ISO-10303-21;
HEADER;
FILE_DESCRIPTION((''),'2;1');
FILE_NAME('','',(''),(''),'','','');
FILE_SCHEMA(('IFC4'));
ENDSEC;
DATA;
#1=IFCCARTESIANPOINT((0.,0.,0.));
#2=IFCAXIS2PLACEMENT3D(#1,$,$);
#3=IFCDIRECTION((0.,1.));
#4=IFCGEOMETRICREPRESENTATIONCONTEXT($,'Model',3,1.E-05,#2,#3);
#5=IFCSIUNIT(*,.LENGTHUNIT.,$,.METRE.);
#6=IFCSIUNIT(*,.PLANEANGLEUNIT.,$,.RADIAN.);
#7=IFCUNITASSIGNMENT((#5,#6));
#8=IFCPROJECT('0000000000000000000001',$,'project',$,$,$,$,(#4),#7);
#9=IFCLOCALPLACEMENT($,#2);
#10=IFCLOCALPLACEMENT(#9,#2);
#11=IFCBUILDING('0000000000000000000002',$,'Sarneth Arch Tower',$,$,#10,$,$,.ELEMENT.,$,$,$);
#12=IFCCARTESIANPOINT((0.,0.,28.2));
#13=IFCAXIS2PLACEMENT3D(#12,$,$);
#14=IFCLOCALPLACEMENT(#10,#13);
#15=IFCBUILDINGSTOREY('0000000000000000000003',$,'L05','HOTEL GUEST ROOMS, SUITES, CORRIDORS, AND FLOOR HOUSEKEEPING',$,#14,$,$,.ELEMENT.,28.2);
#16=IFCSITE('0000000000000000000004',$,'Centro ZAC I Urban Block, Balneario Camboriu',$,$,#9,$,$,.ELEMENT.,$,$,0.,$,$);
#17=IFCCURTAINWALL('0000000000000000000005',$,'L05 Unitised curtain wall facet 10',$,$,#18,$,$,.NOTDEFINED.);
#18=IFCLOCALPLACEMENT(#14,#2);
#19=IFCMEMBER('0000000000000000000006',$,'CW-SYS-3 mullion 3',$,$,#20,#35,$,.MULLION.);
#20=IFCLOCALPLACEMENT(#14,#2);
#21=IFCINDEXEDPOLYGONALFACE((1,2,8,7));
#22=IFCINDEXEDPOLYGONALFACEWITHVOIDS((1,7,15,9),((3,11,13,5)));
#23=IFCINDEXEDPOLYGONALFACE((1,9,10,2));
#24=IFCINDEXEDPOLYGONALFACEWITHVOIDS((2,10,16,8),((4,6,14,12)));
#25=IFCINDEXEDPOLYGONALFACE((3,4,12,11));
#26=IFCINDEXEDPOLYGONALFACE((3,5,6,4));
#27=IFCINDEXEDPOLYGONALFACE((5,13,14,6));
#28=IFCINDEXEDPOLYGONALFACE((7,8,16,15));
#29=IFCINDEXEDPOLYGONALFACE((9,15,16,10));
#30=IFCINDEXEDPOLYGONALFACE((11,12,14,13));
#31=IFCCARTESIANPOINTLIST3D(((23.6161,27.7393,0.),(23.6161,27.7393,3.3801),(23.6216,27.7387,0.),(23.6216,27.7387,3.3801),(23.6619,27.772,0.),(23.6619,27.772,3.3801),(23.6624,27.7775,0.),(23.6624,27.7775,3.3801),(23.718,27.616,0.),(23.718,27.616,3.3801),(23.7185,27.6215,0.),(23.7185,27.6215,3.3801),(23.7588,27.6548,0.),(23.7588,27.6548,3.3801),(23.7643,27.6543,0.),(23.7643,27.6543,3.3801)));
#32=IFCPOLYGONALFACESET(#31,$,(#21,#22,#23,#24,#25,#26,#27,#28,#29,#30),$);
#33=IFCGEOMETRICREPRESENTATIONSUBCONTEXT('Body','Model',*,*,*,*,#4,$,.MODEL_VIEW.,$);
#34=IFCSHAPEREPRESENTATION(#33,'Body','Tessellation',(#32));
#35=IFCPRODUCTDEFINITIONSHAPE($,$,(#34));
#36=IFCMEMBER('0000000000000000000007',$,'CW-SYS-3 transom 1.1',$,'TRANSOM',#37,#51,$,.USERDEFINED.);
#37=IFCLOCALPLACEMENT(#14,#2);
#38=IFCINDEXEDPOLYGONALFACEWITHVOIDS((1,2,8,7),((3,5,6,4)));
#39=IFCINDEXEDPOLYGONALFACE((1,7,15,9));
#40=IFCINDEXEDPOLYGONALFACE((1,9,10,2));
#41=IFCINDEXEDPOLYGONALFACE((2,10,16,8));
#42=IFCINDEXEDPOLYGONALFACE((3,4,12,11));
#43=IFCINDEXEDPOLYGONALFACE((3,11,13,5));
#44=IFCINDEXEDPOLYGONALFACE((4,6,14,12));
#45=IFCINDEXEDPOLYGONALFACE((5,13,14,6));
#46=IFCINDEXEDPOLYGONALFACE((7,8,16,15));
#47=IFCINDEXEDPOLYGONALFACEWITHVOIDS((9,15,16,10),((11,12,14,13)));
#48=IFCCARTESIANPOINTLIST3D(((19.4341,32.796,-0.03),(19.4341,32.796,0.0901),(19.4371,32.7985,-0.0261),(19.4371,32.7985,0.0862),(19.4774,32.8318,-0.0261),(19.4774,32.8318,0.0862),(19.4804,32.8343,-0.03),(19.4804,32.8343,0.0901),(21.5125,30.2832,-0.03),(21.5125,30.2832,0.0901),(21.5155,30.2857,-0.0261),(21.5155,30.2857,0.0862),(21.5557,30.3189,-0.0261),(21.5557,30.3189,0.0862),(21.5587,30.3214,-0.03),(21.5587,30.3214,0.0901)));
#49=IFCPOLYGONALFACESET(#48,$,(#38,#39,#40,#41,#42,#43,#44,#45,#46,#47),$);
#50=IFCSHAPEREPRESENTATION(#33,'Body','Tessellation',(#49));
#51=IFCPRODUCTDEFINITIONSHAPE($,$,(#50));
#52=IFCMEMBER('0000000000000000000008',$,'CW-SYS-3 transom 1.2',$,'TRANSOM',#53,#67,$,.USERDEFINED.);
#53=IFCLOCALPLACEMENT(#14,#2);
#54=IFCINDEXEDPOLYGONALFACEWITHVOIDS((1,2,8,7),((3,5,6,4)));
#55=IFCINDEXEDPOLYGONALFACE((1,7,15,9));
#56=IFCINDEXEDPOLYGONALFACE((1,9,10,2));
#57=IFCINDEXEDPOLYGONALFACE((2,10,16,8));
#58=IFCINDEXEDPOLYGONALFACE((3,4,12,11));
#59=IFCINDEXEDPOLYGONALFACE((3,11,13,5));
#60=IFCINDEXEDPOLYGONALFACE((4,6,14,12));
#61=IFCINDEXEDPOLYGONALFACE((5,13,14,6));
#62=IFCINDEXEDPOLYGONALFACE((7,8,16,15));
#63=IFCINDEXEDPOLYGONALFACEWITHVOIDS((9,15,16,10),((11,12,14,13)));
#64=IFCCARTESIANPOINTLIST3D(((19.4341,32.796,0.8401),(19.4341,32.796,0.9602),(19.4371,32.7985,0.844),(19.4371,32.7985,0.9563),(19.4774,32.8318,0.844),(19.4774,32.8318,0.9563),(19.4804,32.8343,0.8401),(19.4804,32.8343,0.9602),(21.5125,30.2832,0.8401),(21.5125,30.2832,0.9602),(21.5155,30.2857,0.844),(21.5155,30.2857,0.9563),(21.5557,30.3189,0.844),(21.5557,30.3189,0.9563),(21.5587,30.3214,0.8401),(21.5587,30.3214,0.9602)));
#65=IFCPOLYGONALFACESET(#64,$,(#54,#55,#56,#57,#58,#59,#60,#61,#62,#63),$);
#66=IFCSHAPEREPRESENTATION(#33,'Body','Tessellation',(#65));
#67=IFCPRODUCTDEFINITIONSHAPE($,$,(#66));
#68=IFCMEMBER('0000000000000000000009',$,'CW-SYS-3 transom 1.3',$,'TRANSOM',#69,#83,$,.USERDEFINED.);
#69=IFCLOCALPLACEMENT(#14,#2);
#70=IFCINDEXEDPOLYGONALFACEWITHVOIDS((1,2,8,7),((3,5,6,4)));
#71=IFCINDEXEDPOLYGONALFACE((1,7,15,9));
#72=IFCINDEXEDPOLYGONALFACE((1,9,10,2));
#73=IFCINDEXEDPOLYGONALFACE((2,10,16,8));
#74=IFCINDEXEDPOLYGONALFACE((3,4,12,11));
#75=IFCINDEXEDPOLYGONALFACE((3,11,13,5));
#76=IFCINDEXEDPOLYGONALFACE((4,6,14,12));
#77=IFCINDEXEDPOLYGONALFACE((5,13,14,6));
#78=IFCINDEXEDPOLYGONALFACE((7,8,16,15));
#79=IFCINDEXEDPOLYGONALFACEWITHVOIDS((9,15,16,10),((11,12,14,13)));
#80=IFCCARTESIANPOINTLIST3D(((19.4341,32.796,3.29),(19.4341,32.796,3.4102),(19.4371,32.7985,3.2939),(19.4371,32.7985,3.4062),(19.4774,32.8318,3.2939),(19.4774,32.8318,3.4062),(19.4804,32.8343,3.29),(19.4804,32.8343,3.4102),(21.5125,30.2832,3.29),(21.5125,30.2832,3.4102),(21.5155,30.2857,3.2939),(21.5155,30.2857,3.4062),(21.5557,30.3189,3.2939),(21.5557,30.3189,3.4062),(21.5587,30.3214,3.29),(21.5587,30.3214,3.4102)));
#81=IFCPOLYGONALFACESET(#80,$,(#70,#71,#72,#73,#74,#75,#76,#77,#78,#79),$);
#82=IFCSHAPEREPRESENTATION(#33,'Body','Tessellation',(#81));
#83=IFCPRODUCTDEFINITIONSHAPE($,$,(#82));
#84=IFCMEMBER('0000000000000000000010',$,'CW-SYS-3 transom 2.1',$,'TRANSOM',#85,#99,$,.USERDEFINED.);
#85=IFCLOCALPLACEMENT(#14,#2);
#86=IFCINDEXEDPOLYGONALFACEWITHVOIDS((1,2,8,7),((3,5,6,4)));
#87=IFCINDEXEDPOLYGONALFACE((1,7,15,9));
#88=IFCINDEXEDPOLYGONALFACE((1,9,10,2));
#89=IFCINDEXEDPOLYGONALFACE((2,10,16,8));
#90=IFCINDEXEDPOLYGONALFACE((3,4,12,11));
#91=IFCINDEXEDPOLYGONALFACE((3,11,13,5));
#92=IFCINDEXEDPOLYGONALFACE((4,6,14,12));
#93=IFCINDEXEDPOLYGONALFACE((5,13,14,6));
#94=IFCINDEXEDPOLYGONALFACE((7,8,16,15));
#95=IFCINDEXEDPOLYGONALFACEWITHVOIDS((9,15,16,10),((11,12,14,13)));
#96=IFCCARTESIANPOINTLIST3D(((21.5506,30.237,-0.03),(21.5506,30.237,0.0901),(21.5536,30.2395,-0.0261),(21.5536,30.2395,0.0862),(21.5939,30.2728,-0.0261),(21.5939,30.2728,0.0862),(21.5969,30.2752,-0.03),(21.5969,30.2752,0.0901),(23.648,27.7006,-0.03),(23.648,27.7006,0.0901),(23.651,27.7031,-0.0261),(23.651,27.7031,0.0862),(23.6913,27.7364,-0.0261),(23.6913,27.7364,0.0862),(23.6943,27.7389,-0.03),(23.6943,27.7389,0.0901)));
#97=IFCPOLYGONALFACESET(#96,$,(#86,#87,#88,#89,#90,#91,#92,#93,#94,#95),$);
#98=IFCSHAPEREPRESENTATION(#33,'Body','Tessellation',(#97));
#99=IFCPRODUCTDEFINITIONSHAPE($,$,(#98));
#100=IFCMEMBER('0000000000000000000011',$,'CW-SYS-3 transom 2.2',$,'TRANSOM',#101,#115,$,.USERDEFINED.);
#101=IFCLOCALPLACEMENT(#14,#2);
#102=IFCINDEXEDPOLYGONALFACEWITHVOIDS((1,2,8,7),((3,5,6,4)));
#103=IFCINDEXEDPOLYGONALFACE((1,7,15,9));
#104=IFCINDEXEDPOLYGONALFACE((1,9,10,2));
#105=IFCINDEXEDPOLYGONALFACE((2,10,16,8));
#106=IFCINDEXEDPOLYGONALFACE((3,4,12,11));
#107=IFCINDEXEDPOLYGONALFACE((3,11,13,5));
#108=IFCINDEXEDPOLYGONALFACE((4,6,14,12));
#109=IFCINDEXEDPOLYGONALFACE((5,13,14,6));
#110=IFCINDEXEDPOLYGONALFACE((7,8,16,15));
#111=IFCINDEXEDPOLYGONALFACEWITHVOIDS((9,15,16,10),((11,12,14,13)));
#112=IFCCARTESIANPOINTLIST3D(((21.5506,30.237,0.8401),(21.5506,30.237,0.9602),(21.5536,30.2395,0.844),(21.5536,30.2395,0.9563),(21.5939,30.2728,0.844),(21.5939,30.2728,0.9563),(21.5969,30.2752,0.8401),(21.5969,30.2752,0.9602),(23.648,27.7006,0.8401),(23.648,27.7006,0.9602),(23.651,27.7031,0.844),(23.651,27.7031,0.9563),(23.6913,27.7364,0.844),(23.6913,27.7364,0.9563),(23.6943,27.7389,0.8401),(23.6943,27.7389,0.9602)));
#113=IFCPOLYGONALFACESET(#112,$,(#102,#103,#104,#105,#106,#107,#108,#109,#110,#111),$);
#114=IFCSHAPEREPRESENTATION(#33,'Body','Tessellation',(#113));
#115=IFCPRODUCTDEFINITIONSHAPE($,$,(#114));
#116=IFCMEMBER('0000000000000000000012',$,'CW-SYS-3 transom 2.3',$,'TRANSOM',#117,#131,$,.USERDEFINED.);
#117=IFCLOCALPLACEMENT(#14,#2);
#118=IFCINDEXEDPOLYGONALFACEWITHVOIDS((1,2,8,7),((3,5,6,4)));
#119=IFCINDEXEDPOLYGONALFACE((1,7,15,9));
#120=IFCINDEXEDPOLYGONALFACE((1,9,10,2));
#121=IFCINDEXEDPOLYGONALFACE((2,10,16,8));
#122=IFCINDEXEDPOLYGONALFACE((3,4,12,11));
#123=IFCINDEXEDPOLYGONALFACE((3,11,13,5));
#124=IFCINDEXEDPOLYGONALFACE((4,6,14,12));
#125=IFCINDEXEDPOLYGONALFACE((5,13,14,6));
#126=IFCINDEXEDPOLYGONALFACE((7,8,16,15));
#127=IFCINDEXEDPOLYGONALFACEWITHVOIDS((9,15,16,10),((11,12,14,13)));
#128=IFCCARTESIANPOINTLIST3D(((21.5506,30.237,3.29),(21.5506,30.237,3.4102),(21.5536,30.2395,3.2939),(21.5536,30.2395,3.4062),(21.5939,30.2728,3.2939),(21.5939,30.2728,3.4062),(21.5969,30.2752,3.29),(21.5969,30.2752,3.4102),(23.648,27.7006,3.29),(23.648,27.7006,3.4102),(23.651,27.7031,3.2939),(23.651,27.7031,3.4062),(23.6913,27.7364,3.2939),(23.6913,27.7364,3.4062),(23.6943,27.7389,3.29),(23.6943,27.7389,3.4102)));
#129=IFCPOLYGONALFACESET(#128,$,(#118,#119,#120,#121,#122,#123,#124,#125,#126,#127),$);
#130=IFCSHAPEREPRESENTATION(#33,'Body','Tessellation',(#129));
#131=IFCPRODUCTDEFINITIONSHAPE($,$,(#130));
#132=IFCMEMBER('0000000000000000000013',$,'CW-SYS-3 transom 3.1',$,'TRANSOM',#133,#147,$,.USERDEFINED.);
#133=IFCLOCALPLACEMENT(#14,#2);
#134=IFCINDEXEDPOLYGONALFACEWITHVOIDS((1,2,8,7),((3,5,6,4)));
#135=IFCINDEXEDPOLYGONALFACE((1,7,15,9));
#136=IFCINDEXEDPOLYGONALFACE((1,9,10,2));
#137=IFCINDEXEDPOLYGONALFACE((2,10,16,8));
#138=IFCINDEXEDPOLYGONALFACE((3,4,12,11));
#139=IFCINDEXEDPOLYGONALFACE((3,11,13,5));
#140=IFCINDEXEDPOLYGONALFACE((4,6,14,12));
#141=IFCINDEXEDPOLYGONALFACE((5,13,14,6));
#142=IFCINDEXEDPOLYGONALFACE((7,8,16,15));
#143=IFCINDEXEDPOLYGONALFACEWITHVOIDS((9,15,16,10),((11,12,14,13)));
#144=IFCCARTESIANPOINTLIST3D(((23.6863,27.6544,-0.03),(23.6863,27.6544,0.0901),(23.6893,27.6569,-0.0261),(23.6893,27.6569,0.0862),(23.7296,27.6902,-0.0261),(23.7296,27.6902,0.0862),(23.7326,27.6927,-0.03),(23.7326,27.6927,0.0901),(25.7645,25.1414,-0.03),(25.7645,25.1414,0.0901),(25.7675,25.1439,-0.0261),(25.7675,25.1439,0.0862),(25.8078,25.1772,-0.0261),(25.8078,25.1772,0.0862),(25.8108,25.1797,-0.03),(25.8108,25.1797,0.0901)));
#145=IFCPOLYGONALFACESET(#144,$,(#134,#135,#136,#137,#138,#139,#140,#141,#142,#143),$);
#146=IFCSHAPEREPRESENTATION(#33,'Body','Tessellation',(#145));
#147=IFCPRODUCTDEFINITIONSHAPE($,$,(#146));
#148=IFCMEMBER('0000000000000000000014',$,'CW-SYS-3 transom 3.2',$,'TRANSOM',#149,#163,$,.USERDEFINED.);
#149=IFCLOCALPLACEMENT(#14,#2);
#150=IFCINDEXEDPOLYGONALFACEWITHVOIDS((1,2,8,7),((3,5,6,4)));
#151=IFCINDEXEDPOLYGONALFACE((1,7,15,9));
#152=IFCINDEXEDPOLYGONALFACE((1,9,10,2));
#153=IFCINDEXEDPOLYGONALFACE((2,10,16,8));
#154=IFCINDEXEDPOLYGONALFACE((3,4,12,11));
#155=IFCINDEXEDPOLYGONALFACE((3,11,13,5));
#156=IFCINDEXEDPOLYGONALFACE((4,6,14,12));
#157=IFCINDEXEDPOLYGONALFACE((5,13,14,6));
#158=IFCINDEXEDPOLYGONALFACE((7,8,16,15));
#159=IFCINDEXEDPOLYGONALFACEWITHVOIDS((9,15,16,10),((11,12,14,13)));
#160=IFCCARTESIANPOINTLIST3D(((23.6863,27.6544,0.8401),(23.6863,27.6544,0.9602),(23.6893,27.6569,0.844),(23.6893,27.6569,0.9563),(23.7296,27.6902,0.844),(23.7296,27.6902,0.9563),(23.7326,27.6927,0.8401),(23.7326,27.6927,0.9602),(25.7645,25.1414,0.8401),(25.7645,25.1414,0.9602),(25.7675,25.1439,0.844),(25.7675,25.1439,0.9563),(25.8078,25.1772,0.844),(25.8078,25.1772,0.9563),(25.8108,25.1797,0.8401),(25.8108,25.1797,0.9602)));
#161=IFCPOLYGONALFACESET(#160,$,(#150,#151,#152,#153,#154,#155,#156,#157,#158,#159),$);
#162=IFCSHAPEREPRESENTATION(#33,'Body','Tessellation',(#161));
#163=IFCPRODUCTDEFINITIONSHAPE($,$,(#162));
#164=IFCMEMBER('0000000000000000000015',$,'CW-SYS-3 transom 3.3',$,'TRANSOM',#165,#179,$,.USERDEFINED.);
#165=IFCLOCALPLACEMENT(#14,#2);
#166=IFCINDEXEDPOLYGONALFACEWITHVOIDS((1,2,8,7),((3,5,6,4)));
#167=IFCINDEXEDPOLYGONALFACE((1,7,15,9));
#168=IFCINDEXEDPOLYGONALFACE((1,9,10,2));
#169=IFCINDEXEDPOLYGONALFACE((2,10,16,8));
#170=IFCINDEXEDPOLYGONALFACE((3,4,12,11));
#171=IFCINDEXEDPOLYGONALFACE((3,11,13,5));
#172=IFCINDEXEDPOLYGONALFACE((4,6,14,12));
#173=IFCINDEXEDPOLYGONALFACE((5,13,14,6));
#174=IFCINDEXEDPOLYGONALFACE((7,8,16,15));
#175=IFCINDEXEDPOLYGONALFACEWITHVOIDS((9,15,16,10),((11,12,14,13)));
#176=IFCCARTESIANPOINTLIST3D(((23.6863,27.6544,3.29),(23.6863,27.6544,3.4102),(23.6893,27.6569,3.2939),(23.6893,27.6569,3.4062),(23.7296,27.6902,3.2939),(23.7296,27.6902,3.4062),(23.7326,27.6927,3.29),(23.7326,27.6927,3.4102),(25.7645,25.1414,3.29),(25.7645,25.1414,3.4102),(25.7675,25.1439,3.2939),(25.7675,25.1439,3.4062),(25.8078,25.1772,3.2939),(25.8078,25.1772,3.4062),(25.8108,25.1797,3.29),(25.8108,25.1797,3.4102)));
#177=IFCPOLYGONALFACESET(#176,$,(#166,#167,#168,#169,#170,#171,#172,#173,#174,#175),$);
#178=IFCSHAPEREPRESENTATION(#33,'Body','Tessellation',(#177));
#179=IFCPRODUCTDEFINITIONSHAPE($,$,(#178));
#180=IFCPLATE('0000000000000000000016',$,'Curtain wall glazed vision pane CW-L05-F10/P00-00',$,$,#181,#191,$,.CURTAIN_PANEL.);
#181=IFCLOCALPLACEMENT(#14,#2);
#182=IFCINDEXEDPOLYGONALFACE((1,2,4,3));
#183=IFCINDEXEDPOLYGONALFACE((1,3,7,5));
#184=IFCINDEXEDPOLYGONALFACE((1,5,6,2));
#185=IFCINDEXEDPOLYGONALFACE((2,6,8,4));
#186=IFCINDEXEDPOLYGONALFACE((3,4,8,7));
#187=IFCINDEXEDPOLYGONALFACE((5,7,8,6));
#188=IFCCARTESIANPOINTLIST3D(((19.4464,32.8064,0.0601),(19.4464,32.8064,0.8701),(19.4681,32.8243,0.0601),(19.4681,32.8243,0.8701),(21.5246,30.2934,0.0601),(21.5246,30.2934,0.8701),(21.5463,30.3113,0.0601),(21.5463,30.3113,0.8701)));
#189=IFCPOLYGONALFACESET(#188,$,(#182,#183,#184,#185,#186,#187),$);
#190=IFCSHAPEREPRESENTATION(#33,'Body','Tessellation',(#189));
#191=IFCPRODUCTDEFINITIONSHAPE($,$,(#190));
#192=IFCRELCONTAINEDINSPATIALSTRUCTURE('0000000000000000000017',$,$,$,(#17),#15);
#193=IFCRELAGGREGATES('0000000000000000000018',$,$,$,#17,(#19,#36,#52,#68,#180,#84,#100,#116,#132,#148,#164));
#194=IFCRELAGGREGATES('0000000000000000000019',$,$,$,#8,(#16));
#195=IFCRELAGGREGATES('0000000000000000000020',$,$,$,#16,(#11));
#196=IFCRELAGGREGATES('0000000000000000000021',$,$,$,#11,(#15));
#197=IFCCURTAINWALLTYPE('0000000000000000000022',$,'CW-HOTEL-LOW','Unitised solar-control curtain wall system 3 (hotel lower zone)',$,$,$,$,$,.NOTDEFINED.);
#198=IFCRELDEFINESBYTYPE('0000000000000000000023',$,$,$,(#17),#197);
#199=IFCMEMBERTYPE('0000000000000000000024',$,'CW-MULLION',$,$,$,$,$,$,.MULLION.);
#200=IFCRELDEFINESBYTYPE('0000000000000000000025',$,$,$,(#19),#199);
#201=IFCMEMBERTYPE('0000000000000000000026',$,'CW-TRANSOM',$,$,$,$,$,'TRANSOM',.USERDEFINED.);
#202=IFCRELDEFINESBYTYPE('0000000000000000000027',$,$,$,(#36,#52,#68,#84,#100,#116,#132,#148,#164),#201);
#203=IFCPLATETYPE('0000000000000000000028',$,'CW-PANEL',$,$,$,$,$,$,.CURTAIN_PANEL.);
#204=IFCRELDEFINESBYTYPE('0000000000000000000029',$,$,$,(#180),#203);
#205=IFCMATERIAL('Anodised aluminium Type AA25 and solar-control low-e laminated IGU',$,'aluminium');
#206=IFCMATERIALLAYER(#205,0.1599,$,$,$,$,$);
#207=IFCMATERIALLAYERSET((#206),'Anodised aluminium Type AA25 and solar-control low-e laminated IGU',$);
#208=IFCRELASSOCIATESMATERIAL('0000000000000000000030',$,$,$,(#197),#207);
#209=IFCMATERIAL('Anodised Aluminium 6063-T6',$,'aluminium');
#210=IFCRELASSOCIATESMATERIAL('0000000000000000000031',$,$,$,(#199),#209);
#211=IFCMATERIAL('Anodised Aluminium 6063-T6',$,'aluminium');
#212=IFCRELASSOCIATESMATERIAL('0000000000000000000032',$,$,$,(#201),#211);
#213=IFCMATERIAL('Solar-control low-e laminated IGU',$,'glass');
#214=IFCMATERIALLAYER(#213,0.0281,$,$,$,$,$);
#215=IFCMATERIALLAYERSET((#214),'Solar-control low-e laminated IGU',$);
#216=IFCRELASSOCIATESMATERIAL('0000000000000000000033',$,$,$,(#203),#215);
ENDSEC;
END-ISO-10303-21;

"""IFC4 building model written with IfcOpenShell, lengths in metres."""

from ifc_helpers import new_model, si_unit, direction, frame, origin, origin_2d, place, context, subcontext, project, spatial, rectangle, hollow_rectangle, extrude, material, layer, layer_set, material_profile, profile_set, type_object, element, aggregate, save


model = new_model("IFC4")

# Units and contexts
model_context = context("Model", 3, precision=1e-05, world=origin(), true_north=direction((0.0, 1.0)))
body_context = subcontext(model_context, "Body", "Model", "MODEL_VIEW")
ifc_project = project(units=[si_unit("LENGTHUNIT", "METRE"), si_unit("PLANEANGLEUNIT", "RADIAN")], contexts=[model_context])

# Site, building, storey
site_placement = place(None, origin())
site = spatial("IfcSite", under=ifc_project, at=site_placement, Name="Centro ZAC I Urban Block, Balneario Camboriu", CompositionType="ELEMENT", RefElevation=0.0)
building_placement = place(site_placement, origin())
building = spatial("IfcBuilding", under=site, at=building_placement, Name="Sarneth Arch Tower", CompositionType="ELEMENT")
storey_placement = place(building_placement, frame((0.0, 0.0, 28.2)))
storey = spatial("IfcBuildingStorey", under=building, at=storey_placement, Name="L05", Description="HOTEL GUEST ROOMS, SUITES, CORRIDORS, AND FLOOR HOUSEKEEPING", CompositionType="ELEMENT", Elevation=28.2)

# Curtain wall, members, plate
ifc_material_1 = material(Name="Anodised aluminium Type AA25 and solar-control low-e laminated IGU", Category="aluminium")
ifc_layer_1 = layer(ifc_material_1, 0.1599)
ifc_layer_set_1 = layer_set([ifc_layer_1], Name="Anodised aluminium Type AA25 and solar-control low-e laminated IGU")
curtain_wall_type = type_object("IfcCurtainWallType", Name="CW-HOTEL-LOW", Description="Unitised solar-control curtain wall system 3 (hotel lower zone)", PredefinedType="NOTDEFINED", material=ifc_layer_set_1)
curtain_wall_placement = place(storey_placement, origin())
curtain_wall = element("IfcCurtainWall", 1, at=curtain_wall_placement, inside=storey, type_object=curtain_wall_type, Name="L05 Unitised curtain wall facet 10", PredefinedType="NOTDEFINED")
ifc_material_2 = material(Name="Anodised Aluminium 6063-T6", Category="aluminium")
ifc_material_profile_1 = material_profile(ifc_material_2, hollow_rectangle(XDim=0.0601, YDim=0.1599, WallThickness=0.0039, at=origin_2d()), Name="AL-MULL-160x60x4")
ifc_profile_set_1 = profile_set([ifc_material_profile_1], Name="Anodised Aluminium 6063-T6")
member_type_1 = type_object("IfcMemberType", Name="CW-MULLION", PredefinedType="MULLION", material=ifc_profile_set_1)
member_1_placement = place(storey_placement, frame((23.6902, 27.6968, 0.0), z_axis=(0.0, 0.0, 1.0), x_axis=(0.770623, 0.637291, 0.0)))
member_1 = element("IfcMember", 2, at=member_1_placement, type_object=member_type_1, Name="CW-SYS-3 mullion 3", PredefinedType="MULLION", context=body_context, shape_type="SweptSolid", body=[
    extrude(hollow_rectangle(XDim=0.0601, YDim=0.1599, WallThickness=0.0039, at=origin_2d()), origin(), (0.0, 0.0, 1.0), 3.3801),
])
ifc_material_3 = material(Name="Anodised Aluminium 6063-T6", Category="aluminium")
ifc_material_profile_2 = material_profile(ifc_material_3, hollow_rectangle(XDim=0.0601, YDim=0.1201, WallThickness=0.0039, at=origin_2d()), Name="AL-TRAN-120x60x4")
ifc_profile_set_2 = profile_set([ifc_material_profile_2], Name="Anodised Aluminium 6063-T6")
member_type_2 = type_object("IfcMemberType", Name="CW-TRANSOM", ElementType="TRANSOM", PredefinedType="USERDEFINED", material=ifc_profile_set_2)
member_2_placement = place(storey_placement, frame((19.4573, 32.8152, 0.03), z_axis=(0.63733, -0.770591, 0.0), x_axis=(0.770591, 0.63733, 0.0)))
member_2 = element("IfcMember", 3, at=member_2_placement, type_object=member_type_2, Name="CW-SYS-3 transom 1.1", ObjectType="TRANSOM", PredefinedType="USERDEFINED", context=body_context, shape_type="SweptSolid", body=[
    extrude(hollow_rectangle(XDim=0.0601, YDim=0.1201, WallThickness=0.0039, at=origin_2d()), origin(), (0.0, 0.0, 1.0), 3.261),
])
member_3_placement = place(storey_placement, frame((19.4573, 32.8152, 0.9001), z_axis=(0.63733, -0.770591, 0.0), x_axis=(0.770591, 0.63733, 0.0)))
member_3 = element("IfcMember", 4, at=member_3_placement, type_object=member_type_2, Name="CW-SYS-3 transom 1.2", ObjectType="TRANSOM", PredefinedType="USERDEFINED", context=body_context, shape_type="SweptSolid", body=[
    extrude(hollow_rectangle(XDim=0.0601, YDim=0.1201, WallThickness=0.0039, at=origin_2d()), origin(), (0.0, 0.0, 1.0), 3.261),
])
member_4_placement = place(storey_placement, frame((19.4573, 32.8152, 3.3501), z_axis=(0.63733, -0.770591, 0.0), x_axis=(0.770591, 0.63733, 0.0)))
member_4 = element("IfcMember", 5, at=member_4_placement, type_object=member_type_2, Name="CW-SYS-3 transom 1.3", ObjectType="TRANSOM", PredefinedType="USERDEFINED", context=body_context, shape_type="SweptSolid", body=[
    extrude(hollow_rectangle(XDim=0.0601, YDim=0.1201, WallThickness=0.0039, at=origin_2d()), origin(), (0.0, 0.0, 1.0), 3.261),
])
member_5_placement = place(storey_placement, frame((21.5737, 30.2561, 0.03), z_axis=(0.637269, -0.770642, 0.0), x_axis=(0.770642, 0.637269, 0.0)))
member_5 = element("IfcMember", 6, at=member_5_placement, type_object=member_type_2, Name="CW-SYS-3 transom 2.1", ObjectType="TRANSOM", PredefinedType="USERDEFINED", context=body_context, shape_type="SweptSolid", body=[
    extrude(hollow_rectangle(XDim=0.0601, YDim=0.1201, WallThickness=0.0039, at=origin_2d()), origin(), (0.0, 0.0, 1.0), 3.2913),
])
member_6_placement = place(storey_placement, frame((21.5737, 30.2561, 0.9001), z_axis=(0.637269, -0.770642, 0.0), x_axis=(0.770642, 0.637269, 0.0)))
member_6 = element("IfcMember", 7, at=member_6_placement, type_object=member_type_2, Name="CW-SYS-3 transom 2.2", ObjectType="TRANSOM", PredefinedType="USERDEFINED", context=body_context, shape_type="SweptSolid", body=[
    extrude(hollow_rectangle(XDim=0.0601, YDim=0.1201, WallThickness=0.0039, at=origin_2d()), origin(), (0.0, 0.0, 1.0), 3.2913),
])
member_7_placement = place(storey_placement, frame((21.5737, 30.2561, 3.3501), z_axis=(0.637269, -0.770642, 0.0), x_axis=(0.770642, 0.637269, 0.0)))
member_7 = element("IfcMember", 8, at=member_7_placement, type_object=member_type_2, Name="CW-SYS-3 transom 2.3", ObjectType="TRANSOM", PredefinedType="USERDEFINED", context=body_context, shape_type="SweptSolid", body=[
    extrude(hollow_rectangle(XDim=0.0601, YDim=0.1201, WallThickness=0.0039, at=origin_2d()), origin(), (0.0, 0.0, 1.0), 3.2913),
])
member_8_placement = place(storey_placement, frame((23.7095, 27.6736, 0.03), z_axis=(0.637286, -0.770628, 0.0), x_axis=(0.770628, 0.637286, 0.0)))
member_8 = element("IfcMember", 9, at=member_8_placement, type_object=member_type_2, Name="CW-SYS-3 transom 3.1", ObjectType="TRANSOM", PredefinedType="USERDEFINED", context=body_context, shape_type="SweptSolid", body=[
    extrude(hollow_rectangle(XDim=0.0601, YDim=0.1201, WallThickness=0.0039, at=origin_2d()), origin(), (0.0, 0.0, 1.0), 3.261),
])
member_9_placement = place(storey_placement, frame((23.7095, 27.6736, 0.9001), z_axis=(0.637286, -0.770628, 0.0), x_axis=(0.770628, 0.637286, 0.0)))
member_9 = element("IfcMember", 10, at=member_9_placement, type_object=member_type_2, Name="CW-SYS-3 transom 3.2", ObjectType="TRANSOM", PredefinedType="USERDEFINED", context=body_context, shape_type="SweptSolid", body=[
    extrude(hollow_rectangle(XDim=0.0601, YDim=0.1201, WallThickness=0.0039, at=origin_2d()), origin(), (0.0, 0.0, 1.0), 3.261),
])
member_10_placement = place(storey_placement, frame((23.7095, 27.6736, 3.3501), z_axis=(0.637286, -0.770628, 0.0), x_axis=(0.770628, 0.637286, 0.0)))
member_10 = element("IfcMember", 11, at=member_10_placement, type_object=member_type_2, Name="CW-SYS-3 transom 3.3", ObjectType="TRANSOM", PredefinedType="USERDEFINED", context=body_context, shape_type="SweptSolid", body=[
    extrude(hollow_rectangle(XDim=0.0601, YDim=0.1201, WallThickness=0.0039, at=origin_2d()), origin(), (0.0, 0.0, 1.0), 3.261),
])
ifc_material_4 = material(Name="Solar-control low-e laminated IGU", Category="glass")
ifc_layer_2 = layer(ifc_material_4, 0.0281)
ifc_layer_set_2 = layer_set([ifc_layer_2], Name="Solar-control low-e laminated IGU")
plate_type_1 = type_object("IfcPlateType", Name="CW-PANEL", PredefinedType="CURTAIN_PANEL", material=ifc_layer_set_2)
plate_1_placement = place(storey_placement, frame((20.4963, 31.5588, 0.0601), z_axis=(0.0, 0.0, 1.0), x_axis=(0.637291, -0.770623, 0.0)))
plate_1 = element("IfcPlate", 12, at=plate_1_placement, type_object=plate_type_1, Name="Curtain wall glazed vision pane CW-L05-F10/P00-00", PredefinedType="CURTAIN_PANEL", context=body_context, shape_type="SweptSolid", body=[
    extrude(rectangle(XDim=3.261, YDim=0.0281, at=origin_2d()), origin(), (0.0, 0.0, 1.0), 0.8101),
])
aggregate(curtain_wall, [member_1, member_2, member_3, member_4, plate_1, member_5, member_6, member_7, member_8, member_9, member_10])

save(model, "model.ifc")
